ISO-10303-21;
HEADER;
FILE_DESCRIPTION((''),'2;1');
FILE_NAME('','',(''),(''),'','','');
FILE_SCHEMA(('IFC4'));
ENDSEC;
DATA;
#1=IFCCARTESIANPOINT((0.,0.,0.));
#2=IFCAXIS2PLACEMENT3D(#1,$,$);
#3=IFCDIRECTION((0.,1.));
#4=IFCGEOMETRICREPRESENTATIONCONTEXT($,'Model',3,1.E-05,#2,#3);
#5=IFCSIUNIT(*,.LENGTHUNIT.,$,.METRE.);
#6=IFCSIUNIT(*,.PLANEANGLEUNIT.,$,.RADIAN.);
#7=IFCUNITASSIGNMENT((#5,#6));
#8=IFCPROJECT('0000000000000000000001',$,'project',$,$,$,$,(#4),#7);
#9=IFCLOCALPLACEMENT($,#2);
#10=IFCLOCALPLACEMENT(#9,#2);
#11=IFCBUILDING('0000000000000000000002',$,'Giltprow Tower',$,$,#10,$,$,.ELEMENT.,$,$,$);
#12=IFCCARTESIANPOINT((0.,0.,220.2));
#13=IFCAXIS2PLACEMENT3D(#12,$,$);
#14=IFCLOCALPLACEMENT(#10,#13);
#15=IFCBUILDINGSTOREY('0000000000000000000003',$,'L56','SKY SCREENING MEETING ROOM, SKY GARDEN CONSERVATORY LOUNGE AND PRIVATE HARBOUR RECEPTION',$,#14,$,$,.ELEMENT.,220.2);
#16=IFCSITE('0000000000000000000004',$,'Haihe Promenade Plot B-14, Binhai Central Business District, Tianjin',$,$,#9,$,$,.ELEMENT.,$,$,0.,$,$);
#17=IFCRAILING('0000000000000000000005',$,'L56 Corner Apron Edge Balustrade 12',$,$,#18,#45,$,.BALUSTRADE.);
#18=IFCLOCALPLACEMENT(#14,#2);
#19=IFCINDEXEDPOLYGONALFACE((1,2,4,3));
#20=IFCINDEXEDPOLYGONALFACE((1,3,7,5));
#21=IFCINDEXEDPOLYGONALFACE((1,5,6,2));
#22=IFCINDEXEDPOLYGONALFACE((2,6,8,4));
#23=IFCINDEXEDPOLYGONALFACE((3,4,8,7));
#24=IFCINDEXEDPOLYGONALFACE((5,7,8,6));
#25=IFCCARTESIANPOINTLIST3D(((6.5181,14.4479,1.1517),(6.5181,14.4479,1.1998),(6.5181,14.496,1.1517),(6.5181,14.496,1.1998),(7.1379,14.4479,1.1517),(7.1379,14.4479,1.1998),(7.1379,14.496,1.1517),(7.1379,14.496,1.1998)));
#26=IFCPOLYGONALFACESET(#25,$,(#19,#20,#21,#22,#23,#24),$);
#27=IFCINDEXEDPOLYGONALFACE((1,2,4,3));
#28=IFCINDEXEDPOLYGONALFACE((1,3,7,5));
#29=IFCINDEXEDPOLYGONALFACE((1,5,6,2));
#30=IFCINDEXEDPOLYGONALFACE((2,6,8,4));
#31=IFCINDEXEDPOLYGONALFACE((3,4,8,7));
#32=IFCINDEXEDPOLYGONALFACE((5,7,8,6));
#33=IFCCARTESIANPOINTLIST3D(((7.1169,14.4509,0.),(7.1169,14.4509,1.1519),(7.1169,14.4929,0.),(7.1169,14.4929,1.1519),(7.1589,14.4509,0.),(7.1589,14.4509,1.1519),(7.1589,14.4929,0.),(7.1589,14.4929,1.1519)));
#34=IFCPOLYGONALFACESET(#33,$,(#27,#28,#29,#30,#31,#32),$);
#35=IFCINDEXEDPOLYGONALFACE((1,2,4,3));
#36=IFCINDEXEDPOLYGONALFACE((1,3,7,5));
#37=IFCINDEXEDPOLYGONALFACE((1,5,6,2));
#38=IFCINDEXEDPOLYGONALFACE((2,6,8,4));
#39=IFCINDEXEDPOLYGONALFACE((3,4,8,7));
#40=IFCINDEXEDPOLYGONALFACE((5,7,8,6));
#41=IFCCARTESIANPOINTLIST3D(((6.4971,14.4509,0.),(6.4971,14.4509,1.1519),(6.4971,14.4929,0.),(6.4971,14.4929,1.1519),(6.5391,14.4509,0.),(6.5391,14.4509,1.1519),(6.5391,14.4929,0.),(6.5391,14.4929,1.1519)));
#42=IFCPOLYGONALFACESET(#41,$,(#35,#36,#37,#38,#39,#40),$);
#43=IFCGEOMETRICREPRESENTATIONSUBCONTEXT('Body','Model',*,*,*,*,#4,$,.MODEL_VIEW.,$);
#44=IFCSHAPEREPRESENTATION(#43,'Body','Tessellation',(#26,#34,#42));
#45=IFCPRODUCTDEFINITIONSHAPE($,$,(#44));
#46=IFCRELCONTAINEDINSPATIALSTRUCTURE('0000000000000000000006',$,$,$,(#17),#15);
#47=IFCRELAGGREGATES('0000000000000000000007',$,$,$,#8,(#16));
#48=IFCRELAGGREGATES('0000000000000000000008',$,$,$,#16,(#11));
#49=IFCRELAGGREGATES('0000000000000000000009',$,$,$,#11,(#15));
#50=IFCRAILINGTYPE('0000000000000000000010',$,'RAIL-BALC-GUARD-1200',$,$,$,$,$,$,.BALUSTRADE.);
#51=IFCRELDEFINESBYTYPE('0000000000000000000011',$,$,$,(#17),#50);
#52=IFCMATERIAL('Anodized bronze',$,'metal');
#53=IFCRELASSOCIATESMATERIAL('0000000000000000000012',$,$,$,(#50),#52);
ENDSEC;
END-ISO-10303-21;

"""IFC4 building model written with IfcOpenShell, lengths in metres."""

from ifc_helpers import new_model, si_unit, direction, frame, origin, origin_2d, place, context, subcontext, project, spatial, rectangle, extrude, material, type_object, element, save


model = new_model("IFC4")

# Units and contexts
model_context = context("Model", 3, precision=1e-05, world=origin(), true_north=direction((0.0, 1.0)))
body_context = subcontext(model_context, "Body", "Model", "MODEL_VIEW")
ifc_project = project(units=[si_unit("LENGTHUNIT", "METRE"), si_unit("PLANEANGLEUNIT", "RADIAN")], contexts=[model_context])

# Site, building, storey
site_placement = place(None, origin())
site = spatial("IfcSite", under=ifc_project, at=site_placement, Name="Haihe Promenade Plot B-14, Binhai Central Business District, Tianjin", CompositionType="ELEMENT", RefElevation=0.0)
building_placement = place(site_placement, origin())
building = spatial("IfcBuilding", under=site, at=building_placement, Name="Giltprow Tower", CompositionType="ELEMENT")
storey_placement = place(building_placement, frame((0.0, 0.0, 220.2)))
storey = spatial("IfcBuildingStorey", under=building, at=storey_placement, Name="L56", Description="SKY SCREENING MEETING ROOM, SKY GARDEN CONSERVATORY LOUNGE AND PRIVATE HARBOUR RECEPTION", CompositionType="ELEMENT", Elevation=220.2)

# Shared definitions
ifc_material_1 = material(Name="Anodized bronze", Category="metal")

# Railing
railing_type = type_object("IfcRailingType", Name="RAIL-BALC-GUARD-1200", PredefinedType="BALUSTRADE", material=ifc_material_1)
railing_1_placement = place(storey_placement, frame((7.1379, 14.4719, 0.0)))
element("IfcRailing", 1, at=railing_1_placement, inside=storey, type_object=railing_type, Name="L56 Corner Apron Edge Balustrade 12", PredefinedType="BALUSTRADE", context=body_context, shape_type="SweptSolid", body=[
    extrude(rectangle(XDim=0.0481, YDim=0.0481, at=origin_2d()), frame((0.0, 0.0, 1.1758), z_axis=(-1.0, 0.0, 0.0), x_axis=(0.0, -1.0, 0.0)), (0.0, 0.0, 1.0), 0.6199),
    extrude(rectangle(XDim=0.042, YDim=0.042, at=origin_2d()), origin(), (0.0, 0.0, 1.0), 1.1519),
    extrude(rectangle(XDim=0.042, YDim=0.042, at=origin_2d()), frame((-0.6199, 0.0, 0.0)), (0.0, 0.0, 1.0), 1.1519),
])

save(model, "model.ifc")
